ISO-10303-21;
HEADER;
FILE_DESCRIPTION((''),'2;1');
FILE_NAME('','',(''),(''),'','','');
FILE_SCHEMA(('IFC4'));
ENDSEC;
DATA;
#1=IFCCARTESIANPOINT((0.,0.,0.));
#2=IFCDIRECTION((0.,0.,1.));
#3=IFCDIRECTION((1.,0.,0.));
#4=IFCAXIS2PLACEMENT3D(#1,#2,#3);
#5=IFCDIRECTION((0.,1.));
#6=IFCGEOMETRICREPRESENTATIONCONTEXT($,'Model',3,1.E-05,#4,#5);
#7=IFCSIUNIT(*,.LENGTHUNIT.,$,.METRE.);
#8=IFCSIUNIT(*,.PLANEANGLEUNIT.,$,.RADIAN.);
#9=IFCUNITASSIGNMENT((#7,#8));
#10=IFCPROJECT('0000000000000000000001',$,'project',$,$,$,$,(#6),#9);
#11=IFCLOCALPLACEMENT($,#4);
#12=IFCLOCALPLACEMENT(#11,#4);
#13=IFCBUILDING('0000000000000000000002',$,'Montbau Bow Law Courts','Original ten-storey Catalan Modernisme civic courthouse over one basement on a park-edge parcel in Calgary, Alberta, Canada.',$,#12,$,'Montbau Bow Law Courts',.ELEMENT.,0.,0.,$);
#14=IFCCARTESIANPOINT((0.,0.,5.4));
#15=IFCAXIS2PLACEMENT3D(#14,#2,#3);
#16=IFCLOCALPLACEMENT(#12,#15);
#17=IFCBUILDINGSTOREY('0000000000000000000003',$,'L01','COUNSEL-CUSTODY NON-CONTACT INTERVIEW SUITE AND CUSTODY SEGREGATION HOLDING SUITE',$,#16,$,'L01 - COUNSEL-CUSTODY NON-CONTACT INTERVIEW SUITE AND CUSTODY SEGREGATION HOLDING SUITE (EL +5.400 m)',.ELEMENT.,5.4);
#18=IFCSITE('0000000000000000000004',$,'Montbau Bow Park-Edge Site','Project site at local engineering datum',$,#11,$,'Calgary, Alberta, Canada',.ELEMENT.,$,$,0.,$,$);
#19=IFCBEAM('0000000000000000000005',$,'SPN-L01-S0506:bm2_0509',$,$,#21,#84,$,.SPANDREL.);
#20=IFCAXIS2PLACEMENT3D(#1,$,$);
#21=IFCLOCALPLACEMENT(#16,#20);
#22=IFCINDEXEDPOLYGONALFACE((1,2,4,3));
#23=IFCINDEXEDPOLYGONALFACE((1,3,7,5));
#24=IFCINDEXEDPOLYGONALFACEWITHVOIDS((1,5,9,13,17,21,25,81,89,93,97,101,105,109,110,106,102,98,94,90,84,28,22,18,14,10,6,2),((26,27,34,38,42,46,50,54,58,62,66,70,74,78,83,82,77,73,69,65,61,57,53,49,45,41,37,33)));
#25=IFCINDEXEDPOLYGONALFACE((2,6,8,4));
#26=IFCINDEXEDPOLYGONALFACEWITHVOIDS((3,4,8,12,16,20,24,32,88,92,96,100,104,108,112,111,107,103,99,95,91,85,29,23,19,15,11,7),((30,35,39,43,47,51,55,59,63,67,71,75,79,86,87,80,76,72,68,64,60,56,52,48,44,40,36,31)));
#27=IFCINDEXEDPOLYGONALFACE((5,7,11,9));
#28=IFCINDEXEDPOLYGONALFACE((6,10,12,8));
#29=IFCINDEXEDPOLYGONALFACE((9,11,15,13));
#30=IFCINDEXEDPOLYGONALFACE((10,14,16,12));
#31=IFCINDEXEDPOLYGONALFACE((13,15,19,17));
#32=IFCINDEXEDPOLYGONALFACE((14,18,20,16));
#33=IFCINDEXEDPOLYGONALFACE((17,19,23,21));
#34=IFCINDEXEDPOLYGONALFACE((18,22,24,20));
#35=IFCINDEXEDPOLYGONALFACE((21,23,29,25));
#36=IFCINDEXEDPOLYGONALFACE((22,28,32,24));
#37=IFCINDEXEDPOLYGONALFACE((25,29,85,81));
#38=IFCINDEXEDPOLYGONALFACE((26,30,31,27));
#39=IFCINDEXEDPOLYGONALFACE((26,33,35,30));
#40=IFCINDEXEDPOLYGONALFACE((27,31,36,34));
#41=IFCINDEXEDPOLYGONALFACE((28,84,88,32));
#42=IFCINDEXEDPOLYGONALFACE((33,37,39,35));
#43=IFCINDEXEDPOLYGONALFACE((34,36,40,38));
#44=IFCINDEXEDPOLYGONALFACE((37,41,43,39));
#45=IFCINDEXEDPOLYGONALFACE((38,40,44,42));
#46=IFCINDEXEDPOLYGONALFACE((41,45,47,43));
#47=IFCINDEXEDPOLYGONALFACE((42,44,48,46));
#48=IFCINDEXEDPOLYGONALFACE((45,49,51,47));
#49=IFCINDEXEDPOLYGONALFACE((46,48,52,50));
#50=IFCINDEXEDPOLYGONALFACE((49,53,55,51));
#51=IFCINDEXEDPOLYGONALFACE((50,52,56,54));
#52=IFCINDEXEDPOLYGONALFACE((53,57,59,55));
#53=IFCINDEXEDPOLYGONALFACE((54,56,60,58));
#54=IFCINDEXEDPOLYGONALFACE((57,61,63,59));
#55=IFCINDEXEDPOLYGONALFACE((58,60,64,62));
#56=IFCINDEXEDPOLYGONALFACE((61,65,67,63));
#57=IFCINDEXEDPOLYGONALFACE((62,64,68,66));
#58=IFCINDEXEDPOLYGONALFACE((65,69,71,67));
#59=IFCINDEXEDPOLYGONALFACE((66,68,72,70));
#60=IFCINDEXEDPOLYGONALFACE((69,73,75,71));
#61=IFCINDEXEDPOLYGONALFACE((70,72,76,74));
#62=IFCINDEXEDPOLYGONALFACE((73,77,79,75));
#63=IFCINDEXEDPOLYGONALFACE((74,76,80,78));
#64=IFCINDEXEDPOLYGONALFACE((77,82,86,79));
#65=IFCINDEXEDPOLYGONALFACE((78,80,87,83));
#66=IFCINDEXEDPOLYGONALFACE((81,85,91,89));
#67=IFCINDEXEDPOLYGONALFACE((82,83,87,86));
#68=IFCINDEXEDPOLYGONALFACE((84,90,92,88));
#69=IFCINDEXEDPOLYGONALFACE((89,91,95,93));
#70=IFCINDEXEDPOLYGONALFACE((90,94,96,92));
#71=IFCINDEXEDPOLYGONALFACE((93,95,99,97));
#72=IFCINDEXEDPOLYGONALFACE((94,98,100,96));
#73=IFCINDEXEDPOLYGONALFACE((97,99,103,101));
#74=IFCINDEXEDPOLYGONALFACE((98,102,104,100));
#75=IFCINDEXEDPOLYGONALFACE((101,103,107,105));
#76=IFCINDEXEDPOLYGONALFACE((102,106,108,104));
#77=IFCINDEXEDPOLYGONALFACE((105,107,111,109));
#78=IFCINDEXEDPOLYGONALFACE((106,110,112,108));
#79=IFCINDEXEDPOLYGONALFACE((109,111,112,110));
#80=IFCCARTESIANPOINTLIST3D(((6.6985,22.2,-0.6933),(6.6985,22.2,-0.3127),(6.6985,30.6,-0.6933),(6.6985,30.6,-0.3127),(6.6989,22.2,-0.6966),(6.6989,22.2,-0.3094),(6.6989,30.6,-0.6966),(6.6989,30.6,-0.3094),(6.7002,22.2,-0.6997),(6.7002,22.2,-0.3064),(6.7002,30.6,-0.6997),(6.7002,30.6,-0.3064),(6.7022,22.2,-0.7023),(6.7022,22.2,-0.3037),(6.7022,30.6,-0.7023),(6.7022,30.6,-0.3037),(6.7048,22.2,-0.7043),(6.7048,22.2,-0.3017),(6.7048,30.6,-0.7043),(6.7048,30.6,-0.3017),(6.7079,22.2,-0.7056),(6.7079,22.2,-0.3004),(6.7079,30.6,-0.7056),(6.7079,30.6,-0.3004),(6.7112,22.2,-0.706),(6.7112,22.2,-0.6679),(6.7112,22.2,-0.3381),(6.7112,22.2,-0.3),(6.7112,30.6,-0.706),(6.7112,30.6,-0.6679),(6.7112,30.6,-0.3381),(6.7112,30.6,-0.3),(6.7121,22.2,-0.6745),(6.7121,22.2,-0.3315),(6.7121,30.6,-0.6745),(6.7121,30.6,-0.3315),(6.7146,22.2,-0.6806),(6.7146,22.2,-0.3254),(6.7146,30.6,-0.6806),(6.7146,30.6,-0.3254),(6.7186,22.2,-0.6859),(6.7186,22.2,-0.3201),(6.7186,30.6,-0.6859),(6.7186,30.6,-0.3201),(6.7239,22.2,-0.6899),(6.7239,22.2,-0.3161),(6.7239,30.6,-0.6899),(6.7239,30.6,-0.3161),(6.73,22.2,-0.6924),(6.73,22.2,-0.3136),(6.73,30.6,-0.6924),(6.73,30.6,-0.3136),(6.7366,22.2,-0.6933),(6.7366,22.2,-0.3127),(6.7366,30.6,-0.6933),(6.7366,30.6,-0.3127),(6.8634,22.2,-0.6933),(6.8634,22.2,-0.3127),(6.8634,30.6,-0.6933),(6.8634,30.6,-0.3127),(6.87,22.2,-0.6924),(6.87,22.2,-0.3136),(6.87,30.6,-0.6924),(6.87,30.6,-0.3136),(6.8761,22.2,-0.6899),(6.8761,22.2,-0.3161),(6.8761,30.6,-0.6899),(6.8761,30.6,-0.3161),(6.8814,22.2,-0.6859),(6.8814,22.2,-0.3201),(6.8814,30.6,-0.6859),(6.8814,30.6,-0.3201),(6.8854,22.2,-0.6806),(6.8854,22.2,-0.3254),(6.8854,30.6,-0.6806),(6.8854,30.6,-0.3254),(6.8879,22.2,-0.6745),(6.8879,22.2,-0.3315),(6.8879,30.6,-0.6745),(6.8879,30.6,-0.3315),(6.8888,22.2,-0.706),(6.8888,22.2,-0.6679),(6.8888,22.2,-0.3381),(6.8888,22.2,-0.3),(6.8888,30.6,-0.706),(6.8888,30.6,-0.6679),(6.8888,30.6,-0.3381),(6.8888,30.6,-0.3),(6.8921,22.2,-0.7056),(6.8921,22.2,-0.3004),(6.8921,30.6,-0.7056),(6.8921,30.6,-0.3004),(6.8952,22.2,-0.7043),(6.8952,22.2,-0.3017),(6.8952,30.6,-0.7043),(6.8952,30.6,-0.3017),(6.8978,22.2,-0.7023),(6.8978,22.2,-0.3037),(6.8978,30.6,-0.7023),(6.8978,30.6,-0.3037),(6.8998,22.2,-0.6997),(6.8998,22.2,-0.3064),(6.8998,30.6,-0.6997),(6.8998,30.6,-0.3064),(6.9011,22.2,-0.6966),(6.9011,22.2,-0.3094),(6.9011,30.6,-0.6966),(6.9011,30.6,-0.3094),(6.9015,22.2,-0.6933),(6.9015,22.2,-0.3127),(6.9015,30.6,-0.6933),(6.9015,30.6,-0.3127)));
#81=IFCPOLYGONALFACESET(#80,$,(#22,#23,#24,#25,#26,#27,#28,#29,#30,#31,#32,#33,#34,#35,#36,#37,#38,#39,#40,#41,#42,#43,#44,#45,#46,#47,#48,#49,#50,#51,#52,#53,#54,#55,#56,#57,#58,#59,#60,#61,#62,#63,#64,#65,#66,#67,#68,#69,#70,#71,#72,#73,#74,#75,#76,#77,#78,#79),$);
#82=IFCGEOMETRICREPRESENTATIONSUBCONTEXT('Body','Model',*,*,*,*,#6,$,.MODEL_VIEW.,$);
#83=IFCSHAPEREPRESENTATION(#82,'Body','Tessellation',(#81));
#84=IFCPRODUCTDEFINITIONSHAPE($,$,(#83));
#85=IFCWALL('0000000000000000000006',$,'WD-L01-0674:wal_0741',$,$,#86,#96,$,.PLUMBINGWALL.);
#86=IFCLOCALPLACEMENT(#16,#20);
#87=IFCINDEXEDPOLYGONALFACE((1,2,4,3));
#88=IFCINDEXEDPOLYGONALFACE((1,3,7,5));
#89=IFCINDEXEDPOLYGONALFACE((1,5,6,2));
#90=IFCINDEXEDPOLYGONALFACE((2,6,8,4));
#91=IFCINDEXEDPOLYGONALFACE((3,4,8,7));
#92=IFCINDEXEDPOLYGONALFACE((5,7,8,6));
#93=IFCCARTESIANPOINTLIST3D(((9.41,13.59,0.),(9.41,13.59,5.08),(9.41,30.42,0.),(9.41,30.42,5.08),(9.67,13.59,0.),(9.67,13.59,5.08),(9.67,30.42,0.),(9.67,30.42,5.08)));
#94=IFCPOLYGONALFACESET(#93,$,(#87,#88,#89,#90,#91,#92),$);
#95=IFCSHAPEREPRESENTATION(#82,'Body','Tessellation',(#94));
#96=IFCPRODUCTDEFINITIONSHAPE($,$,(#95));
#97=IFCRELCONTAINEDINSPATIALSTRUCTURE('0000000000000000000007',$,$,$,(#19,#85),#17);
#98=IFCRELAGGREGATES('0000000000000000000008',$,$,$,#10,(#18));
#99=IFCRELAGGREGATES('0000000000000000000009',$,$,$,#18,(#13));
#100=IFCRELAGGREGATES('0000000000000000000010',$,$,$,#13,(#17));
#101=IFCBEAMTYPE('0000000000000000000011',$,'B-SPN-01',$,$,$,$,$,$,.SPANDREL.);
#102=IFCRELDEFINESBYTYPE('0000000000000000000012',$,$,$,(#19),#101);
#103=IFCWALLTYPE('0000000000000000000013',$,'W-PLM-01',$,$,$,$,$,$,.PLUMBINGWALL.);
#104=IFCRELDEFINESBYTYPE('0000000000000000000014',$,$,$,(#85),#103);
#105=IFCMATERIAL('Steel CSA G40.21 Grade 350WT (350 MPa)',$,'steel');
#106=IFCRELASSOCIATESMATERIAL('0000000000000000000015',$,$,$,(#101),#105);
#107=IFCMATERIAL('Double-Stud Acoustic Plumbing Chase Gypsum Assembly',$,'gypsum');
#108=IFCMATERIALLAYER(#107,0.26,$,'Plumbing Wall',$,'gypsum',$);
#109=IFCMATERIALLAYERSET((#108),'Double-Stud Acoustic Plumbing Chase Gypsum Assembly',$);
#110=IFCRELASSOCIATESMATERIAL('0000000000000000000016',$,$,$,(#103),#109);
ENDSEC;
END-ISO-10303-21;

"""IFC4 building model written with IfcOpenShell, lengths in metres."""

from ifc_helpers import new_model, si_unit, direction, frame, frame_2d, origin_with_axes, origin_2d_with_axis, place, context, subcontext, project, spatial, rectangle, hollow_rectangle, extrude, material, layer, layer_set, material_profile, profile_set, type_object, element, save


model = new_model("IFC4")

# Units and contexts
model_context = context("Model", 3, precision=1e-05, world=origin_with_axes(), true_north=direction((0.0, 1.0)))
body_context = subcontext(model_context, "Body", "Model", "MODEL_VIEW")
ifc_project = project(units=[si_unit("LENGTHUNIT", "METRE"), si_unit("PLANEANGLEUNIT", "RADIAN")], contexts=[model_context])

# Site, building, storey
site_placement = place(None, origin_with_axes())
site = spatial("IfcSite", under=ifc_project, at=site_placement, Name="Montbau Bow Park-Edge Site", Description="Project site at local engineering datum", LongName="Calgary, Alberta, Canada", CompositionType="ELEMENT", RefElevation=0.0)
building_placement = place(site_placement, origin_with_axes())
building = spatial("IfcBuilding", under=site, at=building_placement, Name="Montbau Bow Law Courts", Description="Original ten-storey Catalan Modernisme civic courthouse over one basement on a park-edge parcel in Calgary, Alberta, Canada.", LongName="Montbau Bow Law Courts", CompositionType="ELEMENT", ElevationOfRefHeight=0.0, ElevationOfTerrain=0.0)
storey_placement = place(building_placement, frame((0.0, 0.0, 5.4), z_axis=(0.0, 0.0, 1.0), x_axis=(1.0, 0.0, 0.0)))
storey = spatial("IfcBuildingStorey", under=building, at=storey_placement, Name="L01", Description="COUNSEL-CUSTODY NON-CONTACT INTERVIEW SUITE AND CUSTODY SEGREGATION HOLDING SUITE", LongName="L01 - COUNSEL-CUSTODY NON-CONTACT INTERVIEW SUITE AND CUSTODY SEGREGATION HOLDING SUITE (EL +5.400 m)", CompositionType="ELEMENT", Elevation=5.4)

# Beam
ifc_material_1 = material(Name="Steel CSA G40.21 Grade 350WT (350 MPa)", Category="steel")
ifc_material_profile_1 = material_profile(ifc_material_1, hollow_rectangle(XDim=0.203, YDim=0.406, WallThickness=0.0127, InnerFilletRadius=0.0254, OuterFilletRadius=0.0127, at=origin_2d_with_axis()), Name="HSS406X203X13", Category="Main", Priority=0)
ifc_profile_set_1 = profile_set([ifc_material_profile_1], Name="Steel CSA G40.21 Grade 350WT (350 MPa)")
beam_type_1 = type_object("IfcBeamType", Name="B-SPN-01", PredefinedType="SPANDREL", material=ifc_profile_set_1)
for number, where, z_axis, x_axis, name in (
    (1, (6.8, 22.2, 4.897), (0.0, 1.0, 0.0), (-1.0, 0.0, 0.0), "SPN-L01-S0506:bm2_0509"),
):
    element("IfcBeam", number, at=place(None, frame(where, z_axis=z_axis, x_axis=x_axis)), inside=storey, type_object=beam_type_1, Name=name, PredefinedType="SPANDREL", context=body_context, shape_type="SweptSolid", body=[
        extrude(hollow_rectangle(XDim=0.203, YDim=0.406, WallThickness=0.0127, InnerFilletRadius=0.0254, OuterFilletRadius=0.0127, at=origin_2d_with_axis()), origin_with_axes(), (0.0, 0.0, 1.0), 8.4),
    ])

# Wall
ifc_material_2 = material(Name="Double-Stud Acoustic Plumbing Chase Gypsum Assembly", Category="gypsum")
ifc_layer_1 = layer(ifc_material_2, 0.26, Name="Plumbing Wall", Category="gypsum")
ifc_layer_set_1 = layer_set([ifc_layer_1], Name="Double-Stud Acoustic Plumbing Chase Gypsum Assembly")
wall_type_1 = type_object("IfcWallType", Name="W-PLM-01", PredefinedType="PLUMBINGWALL", material=ifc_layer_set_1)
wall_1_placement = place(None, frame((9.54, 13.59, 5.4), z_axis=(0.0, 0.0, 1.0), x_axis=(0.0, 1.0, 0.0)))
element("IfcWall", 2, at=wall_1_placement, inside=storey, type_object=wall_type_1, Name="WD-L01-0674:wal_0741", PredefinedType="PLUMBINGWALL", context=body_context, shape_type="SweptSolid", body=[
    extrude(rectangle(XDim=16.83, YDim=0.26, at=frame_2d((8.415, 0.0), x_axis=(1.0, 0.0))), origin_with_axes(), (0.0, 0.0, 1.0), 5.08),
])

save(model, "model.ifc")
